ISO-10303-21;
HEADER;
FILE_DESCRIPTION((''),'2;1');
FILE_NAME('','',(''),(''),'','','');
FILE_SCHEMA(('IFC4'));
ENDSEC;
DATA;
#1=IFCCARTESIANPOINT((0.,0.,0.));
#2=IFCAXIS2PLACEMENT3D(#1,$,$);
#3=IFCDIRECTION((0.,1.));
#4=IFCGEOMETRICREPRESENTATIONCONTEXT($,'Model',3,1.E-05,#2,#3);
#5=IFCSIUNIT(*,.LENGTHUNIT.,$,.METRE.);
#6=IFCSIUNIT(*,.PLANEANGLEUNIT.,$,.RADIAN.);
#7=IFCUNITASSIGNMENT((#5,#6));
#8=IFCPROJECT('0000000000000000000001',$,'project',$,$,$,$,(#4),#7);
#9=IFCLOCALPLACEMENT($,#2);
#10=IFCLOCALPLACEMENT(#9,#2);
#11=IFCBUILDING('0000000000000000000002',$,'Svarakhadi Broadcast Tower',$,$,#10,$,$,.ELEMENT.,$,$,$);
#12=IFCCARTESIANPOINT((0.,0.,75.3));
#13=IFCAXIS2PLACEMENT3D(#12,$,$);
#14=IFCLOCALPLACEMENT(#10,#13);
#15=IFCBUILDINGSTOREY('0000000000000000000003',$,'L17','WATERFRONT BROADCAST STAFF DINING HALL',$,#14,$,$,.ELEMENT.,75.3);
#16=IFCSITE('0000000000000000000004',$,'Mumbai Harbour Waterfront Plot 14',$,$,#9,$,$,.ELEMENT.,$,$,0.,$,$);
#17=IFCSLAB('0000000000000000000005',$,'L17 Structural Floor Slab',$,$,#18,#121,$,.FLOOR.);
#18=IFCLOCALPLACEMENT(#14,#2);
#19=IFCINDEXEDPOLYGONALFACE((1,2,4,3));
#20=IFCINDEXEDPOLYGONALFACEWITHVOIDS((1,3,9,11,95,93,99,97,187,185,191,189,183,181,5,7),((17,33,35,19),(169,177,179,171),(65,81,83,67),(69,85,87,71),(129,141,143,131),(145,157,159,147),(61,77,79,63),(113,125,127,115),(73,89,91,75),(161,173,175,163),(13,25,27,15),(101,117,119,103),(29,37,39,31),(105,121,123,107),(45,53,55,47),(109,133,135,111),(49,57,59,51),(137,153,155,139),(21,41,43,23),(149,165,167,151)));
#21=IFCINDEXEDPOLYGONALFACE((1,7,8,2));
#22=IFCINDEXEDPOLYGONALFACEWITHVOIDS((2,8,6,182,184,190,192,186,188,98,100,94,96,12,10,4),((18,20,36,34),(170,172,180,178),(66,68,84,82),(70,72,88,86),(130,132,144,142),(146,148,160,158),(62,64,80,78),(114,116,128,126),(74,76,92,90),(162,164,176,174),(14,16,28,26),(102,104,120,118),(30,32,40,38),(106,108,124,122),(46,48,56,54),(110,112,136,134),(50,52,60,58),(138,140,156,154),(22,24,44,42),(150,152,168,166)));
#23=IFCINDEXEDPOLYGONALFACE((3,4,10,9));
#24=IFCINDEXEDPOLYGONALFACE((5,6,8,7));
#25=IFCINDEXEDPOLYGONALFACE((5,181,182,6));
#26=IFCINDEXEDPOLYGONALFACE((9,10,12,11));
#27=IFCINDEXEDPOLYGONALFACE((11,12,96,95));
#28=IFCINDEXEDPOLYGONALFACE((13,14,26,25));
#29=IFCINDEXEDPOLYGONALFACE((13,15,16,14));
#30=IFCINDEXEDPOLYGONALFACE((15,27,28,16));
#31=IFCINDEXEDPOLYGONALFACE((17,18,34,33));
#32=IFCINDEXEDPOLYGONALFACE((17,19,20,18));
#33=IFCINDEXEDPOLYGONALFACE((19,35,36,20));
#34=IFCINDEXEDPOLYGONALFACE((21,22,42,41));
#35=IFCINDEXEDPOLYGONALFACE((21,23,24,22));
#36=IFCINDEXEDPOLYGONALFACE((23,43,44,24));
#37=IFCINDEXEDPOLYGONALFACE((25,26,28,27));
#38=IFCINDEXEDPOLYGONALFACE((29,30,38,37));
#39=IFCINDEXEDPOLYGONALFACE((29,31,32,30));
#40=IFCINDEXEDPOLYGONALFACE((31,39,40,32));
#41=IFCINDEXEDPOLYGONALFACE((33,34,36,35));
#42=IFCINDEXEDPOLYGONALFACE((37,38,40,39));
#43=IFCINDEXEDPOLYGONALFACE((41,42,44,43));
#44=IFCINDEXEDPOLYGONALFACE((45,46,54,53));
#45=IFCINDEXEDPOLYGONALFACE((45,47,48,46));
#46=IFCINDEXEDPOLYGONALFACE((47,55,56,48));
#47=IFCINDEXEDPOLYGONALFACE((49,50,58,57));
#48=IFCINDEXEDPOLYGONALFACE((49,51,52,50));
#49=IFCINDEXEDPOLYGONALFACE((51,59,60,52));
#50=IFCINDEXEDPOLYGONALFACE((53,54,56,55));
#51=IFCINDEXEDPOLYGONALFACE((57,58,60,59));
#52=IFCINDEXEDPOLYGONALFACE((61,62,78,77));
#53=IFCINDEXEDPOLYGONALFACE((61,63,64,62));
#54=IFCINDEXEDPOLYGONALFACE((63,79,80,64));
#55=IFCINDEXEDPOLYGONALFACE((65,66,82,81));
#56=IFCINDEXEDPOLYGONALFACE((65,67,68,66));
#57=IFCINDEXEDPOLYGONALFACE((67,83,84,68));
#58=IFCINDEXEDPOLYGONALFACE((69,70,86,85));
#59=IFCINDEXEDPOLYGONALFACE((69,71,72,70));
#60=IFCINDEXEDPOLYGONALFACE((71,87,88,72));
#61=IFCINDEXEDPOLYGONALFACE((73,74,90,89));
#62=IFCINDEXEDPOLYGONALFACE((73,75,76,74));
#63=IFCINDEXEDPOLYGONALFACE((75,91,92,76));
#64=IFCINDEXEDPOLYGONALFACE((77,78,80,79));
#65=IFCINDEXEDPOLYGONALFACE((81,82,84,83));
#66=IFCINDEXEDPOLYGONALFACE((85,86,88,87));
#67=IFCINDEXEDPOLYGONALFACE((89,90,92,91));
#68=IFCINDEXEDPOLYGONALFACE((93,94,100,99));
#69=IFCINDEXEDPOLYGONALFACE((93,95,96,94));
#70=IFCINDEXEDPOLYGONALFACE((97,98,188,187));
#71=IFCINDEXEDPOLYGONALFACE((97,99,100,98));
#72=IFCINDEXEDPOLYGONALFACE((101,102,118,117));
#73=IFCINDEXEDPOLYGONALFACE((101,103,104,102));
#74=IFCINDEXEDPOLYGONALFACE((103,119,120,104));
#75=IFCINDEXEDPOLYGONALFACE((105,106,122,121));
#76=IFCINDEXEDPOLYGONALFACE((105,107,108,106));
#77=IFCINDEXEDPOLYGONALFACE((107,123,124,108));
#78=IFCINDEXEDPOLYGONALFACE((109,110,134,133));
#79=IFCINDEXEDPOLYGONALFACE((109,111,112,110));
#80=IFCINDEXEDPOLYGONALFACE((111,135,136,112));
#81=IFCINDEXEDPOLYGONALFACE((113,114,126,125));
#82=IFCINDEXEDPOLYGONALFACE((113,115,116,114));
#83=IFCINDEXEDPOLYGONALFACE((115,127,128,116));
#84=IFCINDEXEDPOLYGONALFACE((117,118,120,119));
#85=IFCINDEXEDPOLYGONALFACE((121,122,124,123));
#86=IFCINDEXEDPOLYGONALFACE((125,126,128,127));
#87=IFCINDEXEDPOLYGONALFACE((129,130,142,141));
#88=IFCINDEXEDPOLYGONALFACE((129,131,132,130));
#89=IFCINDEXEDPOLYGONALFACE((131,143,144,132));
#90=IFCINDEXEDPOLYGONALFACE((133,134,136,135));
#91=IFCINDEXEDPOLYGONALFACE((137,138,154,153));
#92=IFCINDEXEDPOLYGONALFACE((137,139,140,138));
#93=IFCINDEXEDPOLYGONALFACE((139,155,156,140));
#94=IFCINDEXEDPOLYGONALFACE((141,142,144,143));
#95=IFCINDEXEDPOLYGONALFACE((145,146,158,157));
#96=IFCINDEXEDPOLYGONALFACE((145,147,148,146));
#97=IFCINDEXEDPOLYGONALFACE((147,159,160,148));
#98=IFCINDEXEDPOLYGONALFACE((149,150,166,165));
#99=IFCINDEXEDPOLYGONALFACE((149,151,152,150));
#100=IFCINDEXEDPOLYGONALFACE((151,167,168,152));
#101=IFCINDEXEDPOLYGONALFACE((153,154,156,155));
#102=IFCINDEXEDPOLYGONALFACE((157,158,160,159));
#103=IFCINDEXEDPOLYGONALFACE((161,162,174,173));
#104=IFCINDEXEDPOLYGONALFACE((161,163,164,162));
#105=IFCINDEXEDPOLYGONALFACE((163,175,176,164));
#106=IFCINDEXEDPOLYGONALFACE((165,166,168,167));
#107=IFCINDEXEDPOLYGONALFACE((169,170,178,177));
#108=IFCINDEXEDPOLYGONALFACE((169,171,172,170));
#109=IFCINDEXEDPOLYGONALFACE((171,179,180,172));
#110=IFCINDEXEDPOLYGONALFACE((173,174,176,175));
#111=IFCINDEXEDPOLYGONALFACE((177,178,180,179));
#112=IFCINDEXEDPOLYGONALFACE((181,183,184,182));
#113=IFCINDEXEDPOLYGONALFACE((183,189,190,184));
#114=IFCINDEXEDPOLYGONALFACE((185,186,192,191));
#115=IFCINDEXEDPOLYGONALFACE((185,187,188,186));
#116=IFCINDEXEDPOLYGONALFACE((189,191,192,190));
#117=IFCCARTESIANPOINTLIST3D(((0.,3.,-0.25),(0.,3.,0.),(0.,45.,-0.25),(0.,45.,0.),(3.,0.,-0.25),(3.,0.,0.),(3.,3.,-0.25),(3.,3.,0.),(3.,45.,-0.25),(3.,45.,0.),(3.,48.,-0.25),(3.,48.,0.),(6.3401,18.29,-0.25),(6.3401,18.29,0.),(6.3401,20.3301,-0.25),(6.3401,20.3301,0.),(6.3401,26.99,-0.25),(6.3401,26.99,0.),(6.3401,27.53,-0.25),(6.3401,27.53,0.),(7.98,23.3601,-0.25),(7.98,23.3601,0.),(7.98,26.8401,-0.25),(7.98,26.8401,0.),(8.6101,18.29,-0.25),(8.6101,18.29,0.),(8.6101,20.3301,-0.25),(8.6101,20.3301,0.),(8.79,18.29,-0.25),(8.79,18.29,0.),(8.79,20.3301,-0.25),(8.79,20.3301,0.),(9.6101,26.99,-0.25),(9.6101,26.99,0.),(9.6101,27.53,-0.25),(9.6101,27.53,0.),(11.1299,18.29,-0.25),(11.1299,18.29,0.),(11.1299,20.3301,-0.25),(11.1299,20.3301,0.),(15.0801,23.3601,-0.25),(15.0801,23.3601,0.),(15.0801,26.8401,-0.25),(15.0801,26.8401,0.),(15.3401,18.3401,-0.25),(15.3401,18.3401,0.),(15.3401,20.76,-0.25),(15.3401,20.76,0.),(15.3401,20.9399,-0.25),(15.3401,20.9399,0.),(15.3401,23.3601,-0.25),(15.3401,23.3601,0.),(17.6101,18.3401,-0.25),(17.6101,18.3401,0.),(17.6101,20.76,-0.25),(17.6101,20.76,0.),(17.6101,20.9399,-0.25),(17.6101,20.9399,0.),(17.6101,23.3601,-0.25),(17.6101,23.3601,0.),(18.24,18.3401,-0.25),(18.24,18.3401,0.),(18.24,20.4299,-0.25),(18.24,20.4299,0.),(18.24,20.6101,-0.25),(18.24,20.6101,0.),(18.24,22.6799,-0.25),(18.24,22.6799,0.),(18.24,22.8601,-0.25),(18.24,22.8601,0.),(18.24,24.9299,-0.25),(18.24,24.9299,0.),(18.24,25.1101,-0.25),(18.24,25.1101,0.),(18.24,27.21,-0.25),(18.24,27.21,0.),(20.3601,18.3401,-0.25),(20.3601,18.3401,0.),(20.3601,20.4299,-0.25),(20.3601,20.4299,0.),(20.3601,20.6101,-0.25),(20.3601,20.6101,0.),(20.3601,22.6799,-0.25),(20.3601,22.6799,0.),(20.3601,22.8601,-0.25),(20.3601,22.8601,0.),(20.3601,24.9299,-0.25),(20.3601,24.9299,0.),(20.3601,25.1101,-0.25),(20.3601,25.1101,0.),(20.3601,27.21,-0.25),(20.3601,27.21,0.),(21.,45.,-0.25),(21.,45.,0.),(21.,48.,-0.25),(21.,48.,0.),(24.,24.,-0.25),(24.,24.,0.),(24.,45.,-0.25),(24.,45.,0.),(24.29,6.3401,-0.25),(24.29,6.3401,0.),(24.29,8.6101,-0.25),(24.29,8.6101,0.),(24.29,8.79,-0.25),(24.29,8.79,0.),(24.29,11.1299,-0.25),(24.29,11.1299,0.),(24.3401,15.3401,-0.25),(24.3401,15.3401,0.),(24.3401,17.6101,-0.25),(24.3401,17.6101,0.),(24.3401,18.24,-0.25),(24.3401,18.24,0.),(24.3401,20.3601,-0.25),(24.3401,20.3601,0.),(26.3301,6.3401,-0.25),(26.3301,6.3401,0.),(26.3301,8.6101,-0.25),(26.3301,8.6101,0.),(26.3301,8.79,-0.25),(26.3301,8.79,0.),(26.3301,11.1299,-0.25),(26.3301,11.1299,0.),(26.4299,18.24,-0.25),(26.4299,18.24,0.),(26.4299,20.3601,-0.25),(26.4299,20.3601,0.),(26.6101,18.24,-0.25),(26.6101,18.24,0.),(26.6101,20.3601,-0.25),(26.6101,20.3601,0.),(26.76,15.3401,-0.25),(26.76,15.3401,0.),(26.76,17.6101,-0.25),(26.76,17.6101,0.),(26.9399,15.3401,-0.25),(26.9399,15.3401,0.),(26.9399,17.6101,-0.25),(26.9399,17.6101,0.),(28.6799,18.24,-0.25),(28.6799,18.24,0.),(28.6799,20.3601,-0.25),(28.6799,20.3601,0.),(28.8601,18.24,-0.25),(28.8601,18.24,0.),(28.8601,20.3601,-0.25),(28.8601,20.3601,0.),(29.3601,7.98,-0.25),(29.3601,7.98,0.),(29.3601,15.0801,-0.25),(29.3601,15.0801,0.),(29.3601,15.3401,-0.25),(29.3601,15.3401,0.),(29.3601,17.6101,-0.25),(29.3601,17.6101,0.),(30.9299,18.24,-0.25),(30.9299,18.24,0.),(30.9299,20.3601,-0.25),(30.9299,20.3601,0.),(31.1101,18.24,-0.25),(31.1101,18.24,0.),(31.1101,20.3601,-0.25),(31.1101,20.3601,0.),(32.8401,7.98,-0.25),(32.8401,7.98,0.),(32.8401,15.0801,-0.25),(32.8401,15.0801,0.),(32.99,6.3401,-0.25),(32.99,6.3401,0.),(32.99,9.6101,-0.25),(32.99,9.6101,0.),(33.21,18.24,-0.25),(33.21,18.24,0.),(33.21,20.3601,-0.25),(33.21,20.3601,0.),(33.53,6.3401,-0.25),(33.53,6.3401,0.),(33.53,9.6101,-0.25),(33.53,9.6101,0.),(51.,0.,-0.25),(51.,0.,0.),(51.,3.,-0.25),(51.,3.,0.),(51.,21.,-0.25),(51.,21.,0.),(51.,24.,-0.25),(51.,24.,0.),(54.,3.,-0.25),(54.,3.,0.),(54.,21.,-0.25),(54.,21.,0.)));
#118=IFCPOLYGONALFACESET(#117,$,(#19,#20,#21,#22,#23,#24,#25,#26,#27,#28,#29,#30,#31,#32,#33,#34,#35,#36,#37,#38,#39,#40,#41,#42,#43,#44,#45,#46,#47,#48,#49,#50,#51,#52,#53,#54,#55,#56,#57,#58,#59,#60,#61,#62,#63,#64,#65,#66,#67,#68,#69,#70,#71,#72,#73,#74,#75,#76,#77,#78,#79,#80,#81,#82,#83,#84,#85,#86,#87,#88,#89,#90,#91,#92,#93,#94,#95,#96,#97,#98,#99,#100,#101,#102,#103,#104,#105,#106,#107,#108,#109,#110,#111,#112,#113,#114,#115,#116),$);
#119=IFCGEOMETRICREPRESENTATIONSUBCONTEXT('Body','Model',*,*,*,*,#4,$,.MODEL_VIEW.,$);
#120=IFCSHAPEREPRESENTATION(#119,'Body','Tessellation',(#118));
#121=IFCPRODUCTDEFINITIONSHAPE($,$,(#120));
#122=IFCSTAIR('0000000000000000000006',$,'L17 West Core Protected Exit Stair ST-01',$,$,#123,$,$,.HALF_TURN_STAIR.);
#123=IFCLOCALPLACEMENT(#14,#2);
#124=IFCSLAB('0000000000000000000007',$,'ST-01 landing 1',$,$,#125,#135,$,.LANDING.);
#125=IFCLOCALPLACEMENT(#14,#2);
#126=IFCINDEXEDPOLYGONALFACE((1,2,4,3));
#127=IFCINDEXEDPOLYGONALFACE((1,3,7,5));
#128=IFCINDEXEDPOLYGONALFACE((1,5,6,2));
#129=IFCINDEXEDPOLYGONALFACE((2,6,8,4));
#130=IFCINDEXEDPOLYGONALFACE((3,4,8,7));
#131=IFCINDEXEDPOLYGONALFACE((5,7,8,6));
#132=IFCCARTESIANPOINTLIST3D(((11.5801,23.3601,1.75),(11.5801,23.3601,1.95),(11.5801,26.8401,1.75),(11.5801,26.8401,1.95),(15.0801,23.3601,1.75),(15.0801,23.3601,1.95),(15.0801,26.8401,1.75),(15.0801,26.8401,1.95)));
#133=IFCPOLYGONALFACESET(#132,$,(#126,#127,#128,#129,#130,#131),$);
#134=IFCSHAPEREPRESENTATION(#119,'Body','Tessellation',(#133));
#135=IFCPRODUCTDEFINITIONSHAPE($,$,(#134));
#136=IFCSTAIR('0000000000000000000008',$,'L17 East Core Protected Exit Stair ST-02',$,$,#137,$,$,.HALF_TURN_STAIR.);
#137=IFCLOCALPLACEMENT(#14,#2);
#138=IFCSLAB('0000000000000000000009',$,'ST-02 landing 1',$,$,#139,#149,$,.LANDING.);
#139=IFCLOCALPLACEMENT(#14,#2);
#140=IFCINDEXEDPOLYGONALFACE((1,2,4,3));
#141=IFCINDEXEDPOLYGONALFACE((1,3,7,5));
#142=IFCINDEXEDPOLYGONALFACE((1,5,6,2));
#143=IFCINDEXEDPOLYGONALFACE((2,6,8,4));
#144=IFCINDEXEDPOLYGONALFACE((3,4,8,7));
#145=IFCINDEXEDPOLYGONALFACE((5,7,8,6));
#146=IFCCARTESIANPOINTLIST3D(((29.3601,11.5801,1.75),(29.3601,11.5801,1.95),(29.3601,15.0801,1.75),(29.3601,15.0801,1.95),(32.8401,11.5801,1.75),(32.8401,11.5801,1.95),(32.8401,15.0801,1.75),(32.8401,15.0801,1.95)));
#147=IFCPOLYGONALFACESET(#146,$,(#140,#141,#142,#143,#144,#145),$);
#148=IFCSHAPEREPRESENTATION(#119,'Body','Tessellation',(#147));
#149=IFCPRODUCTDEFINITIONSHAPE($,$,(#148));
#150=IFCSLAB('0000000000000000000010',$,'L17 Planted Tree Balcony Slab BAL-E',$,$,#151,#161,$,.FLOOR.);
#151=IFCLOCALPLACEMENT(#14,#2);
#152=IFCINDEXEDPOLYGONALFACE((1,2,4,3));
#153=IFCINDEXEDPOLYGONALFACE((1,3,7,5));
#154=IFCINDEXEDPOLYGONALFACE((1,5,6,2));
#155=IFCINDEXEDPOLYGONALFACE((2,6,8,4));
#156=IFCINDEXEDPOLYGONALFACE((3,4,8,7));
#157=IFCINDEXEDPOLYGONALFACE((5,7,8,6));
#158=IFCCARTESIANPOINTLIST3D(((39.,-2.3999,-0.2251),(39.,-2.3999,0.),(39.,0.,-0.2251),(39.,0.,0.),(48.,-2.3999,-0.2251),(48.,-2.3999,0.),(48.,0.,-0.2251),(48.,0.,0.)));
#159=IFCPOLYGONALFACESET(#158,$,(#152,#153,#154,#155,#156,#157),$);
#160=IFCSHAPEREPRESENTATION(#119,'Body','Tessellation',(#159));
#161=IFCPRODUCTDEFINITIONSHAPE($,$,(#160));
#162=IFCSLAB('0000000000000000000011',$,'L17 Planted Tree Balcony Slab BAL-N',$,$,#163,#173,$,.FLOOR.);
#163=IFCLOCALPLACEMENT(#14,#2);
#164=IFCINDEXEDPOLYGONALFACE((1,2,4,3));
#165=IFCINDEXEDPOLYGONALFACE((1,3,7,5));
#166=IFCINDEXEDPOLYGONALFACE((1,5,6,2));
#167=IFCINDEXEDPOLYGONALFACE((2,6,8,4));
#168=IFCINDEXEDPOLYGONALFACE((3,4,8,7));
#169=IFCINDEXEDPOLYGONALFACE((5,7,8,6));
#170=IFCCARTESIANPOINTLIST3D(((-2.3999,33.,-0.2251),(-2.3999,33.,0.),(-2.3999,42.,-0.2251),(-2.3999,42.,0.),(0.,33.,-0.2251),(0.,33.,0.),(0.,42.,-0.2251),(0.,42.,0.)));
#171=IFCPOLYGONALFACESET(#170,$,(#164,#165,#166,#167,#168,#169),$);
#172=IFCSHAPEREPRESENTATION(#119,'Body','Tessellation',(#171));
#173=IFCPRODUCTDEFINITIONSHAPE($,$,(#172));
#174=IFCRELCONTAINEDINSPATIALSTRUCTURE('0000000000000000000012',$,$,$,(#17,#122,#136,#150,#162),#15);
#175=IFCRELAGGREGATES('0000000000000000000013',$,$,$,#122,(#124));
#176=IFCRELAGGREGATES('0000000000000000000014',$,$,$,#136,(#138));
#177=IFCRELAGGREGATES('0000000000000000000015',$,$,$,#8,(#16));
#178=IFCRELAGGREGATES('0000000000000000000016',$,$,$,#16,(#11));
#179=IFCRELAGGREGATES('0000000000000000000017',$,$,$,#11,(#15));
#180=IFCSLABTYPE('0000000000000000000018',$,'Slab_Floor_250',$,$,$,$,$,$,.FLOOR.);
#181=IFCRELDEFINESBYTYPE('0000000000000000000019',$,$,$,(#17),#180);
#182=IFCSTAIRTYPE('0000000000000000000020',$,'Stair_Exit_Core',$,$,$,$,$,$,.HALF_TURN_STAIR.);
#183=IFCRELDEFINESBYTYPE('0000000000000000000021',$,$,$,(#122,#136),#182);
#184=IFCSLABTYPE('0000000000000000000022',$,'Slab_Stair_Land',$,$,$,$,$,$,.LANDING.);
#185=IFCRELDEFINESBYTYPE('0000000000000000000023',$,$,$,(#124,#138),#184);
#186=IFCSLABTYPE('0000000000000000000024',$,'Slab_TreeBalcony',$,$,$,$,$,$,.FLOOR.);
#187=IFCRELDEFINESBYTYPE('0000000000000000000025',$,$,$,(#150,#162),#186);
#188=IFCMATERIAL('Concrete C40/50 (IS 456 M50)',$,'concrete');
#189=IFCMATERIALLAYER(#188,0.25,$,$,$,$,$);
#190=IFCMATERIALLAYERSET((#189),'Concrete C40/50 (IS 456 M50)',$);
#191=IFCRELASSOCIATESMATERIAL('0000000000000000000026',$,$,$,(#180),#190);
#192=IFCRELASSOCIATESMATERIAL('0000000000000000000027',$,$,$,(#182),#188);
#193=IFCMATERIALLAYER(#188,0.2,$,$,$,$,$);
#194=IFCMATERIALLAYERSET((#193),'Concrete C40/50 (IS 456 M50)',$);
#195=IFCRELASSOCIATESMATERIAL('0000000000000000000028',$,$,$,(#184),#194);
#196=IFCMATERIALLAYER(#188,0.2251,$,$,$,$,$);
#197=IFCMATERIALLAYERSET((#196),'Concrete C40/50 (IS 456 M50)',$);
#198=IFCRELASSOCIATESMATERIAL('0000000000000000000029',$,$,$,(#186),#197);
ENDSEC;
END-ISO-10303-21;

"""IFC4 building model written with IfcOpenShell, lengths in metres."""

from ifc_helpers import new_model, si_unit, direction, frame, origin, place, context, subcontext, project, spatial, polyline, outline, extrude, material, layer, layer_set, type_object, element, aggregate, save


model = new_model("IFC4")

# Units and contexts
model_context = context("Model", 3, precision=1e-05, world=origin(), true_north=direction((0.0, 1.0)))
body_context = subcontext(model_context, "Body", "Model", "MODEL_VIEW")
ifc_project = project(units=[si_unit("LENGTHUNIT", "METRE"), si_unit("PLANEANGLEUNIT", "RADIAN")], contexts=[model_context])

# Site, building, storey
site_placement = place(None, origin())
site = spatial("IfcSite", under=ifc_project, at=site_placement, Name="Mumbai Harbour Waterfront Plot 14", CompositionType="ELEMENT", RefElevation=0.0)
building_placement = place(site_placement, origin())
building = spatial("IfcBuilding", under=site, at=building_placement, Name="Svarakhadi Broadcast Tower", CompositionType="ELEMENT")
storey_placement = place(building_placement, frame((0.0, 0.0, 75.3)))
storey = spatial("IfcBuildingStorey", under=building, at=storey_placement, Name="L17", Description="WATERFRONT BROADCAST STAFF DINING HALL", CompositionType="ELEMENT", Elevation=75.3)

# Slab
ifc_material_1 = material(Name="Concrete C40/50 (IS 456 M50)", Category="concrete")
ifc_layer_1 = layer(ifc_material_1, 0.25)
ifc_layer_set_1 = layer_set([ifc_layer_1], Name="Concrete C40/50 (IS 456 M50)")
slab_type_1 = type_object("IfcSlabType", Name="Slab_Floor_250", PredefinedType="FLOOR", material=ifc_layer_set_1)
slab_1_placement = place(storey_placement, frame((0.0, 0.0, -0.25)))
element("IfcSlab", 1, at=slab_1_placement, inside=storey, type_object=slab_type_1, Name="L17 Structural Floor Slab", PredefinedType="FLOOR", context=body_context, shape_type="SweptSolid", body=[
    extrude(outline(polyline([(3.0, 0.0), (51.0, 0.0), (51.0, 3.0), (54.0, 3.0), (54.0, 21.0), (51.0, 21.0), (51.0, 24.0), (24.0, 24.0), (24.0, 45.0), (21.0, 45.0), (21.0, 48.0), (3.0, 48.0), (3.0, 45.0), (0.0, 45.0), (0.0, 3.0), (3.0, 3.0), (3.0, 0.0)]), holes=[polyline([(7.98, 23.3601), (15.0801, 23.3601), (15.0801, 26.8401), (7.98, 26.8401), (7.98, 23.3601)]), polyline([(32.8401, 7.98), (32.8401, 15.0801), (29.3601, 15.0801), (29.3601, 7.98), (32.8401, 7.98)]), polyline([(6.3401, 18.29), (8.6101, 18.29), (8.6101, 20.3301), (6.3401, 20.3301), (6.3401, 18.29)]), polyline([(8.79, 18.29), (11.1299, 18.29), (11.1299, 20.3301), (8.79, 20.3301), (8.79, 18.29)]), polyline([(24.29, 6.3401), (26.3301, 6.3401), (26.3301, 8.6101), (24.29, 8.6101), (24.29, 6.3401)]), polyline([(24.29, 8.79), (26.3301, 8.79), (26.3301, 11.1299), (24.29, 11.1299), (24.29, 8.79)]), polyline([(6.3401, 26.99), (9.6101, 26.99), (9.6101, 27.53), (6.3401, 27.53), (6.3401, 26.99)]), polyline([(32.99, 6.3401), (33.53, 6.3401), (33.53, 9.6101), (32.99, 9.6101), (32.99, 6.3401)]), polyline([(15.3401, 18.3401), (17.6101, 18.3401), (17.6101, 20.76), (15.3401, 20.76), (15.3401, 18.3401)]), polyline([(15.3401, 20.9399), (17.6101, 20.9399), (17.6101, 23.3601), (15.3401, 23.3601), (15.3401, 20.9399)]), polyline([(24.3401, 15.3401), (26.76, 15.3401), (26.76, 17.6101), (24.3401, 17.6101), (24.3401, 15.3401)]), polyline([(26.9399, 15.3401), (29.3601, 15.3401), (29.3601, 17.6101), (26.9399, 17.6101), (26.9399, 15.3401)]), polyline([(18.24, 18.3401), (20.3601, 18.3401), (20.3601, 20.4299), (18.24, 20.4299), (18.24, 18.3401)]), polyline([(18.24, 20.6101), (20.3601, 20.6101), (20.3601, 22.6799), (18.24, 22.6799), (18.24, 20.6101)]), polyline([(18.24, 22.8601), (20.3601, 22.8601), (20.3601, 24.9299), (18.24, 24.9299), (18.24, 22.8601)]), polyline([(18.24, 25.1101), (20.3601, 25.1101), (20.3601, 27.21), (18.24, 27.21), (18.24, 25.1101)]), polyline([(24.3401, 18.24), (26.4299, 18.24), (26.4299, 20.3601), (24.3401, 20.3601), (24.3401, 18.24)]), polyline([(26.6101, 18.24), (28.6799, 18.24), (28.6799, 20.3601), (26.6101, 20.3601), (26.6101, 18.24)]), polyline([(28.8601, 18.24), (30.9299, 18.24), (30.9299, 20.3601), (28.8601, 20.3601), (28.8601, 18.24)]), polyline([(31.1101, 18.24), (33.21, 18.24), (33.21, 20.3601), (31.1101, 20.3601), (31.1101, 18.24)])]), origin(), (0.0, 0.0, 1.0), 0.25),
])

# Stairs, slabs
stair_type = type_object("IfcStairType", Name="Stair_Exit_Core", PredefinedType="HALF_TURN_STAIR", material=ifc_material_1)
stair_1_placement = place(storey_placement, origin())
stair_1 = element("IfcStair", 2, at=stair_1_placement, inside=storey, type_object=stair_type, Name="L17 West Core Protected Exit Stair ST-01", PredefinedType="HALF_TURN_STAIR")
ifc_layer_2 = layer(ifc_material_1, 0.2)
ifc_layer_set_2 = layer_set([ifc_layer_2], Name="Concrete C40/50 (IS 456 M50)")
slab_type_2 = type_object("IfcSlabType", Name="Slab_Stair_Land", PredefinedType="LANDING", material=ifc_layer_set_2)
slab_2_placement = place(storey_placement, frame((0.0, 0.0, 1.75)))
slab_2 = element("IfcSlab", 3, at=slab_2_placement, type_object=slab_type_2, Name="ST-01 landing 1", PredefinedType="LANDING", context=body_context, shape_type="SweptSolid", body=[
    extrude(outline(polyline([(11.5801, 23.3601), (15.0801, 23.3601), (15.0801, 26.8401), (11.5801, 26.8401), (11.5801, 23.3601)])), origin(), (0.0, 0.0, 1.0), 0.2),
])
aggregate(stair_1, [slab_2])
stair_2_placement = place(storey_placement, origin())
stair_2 = element("IfcStair", 4, at=stair_2_placement, inside=storey, type_object=stair_type, Name="L17 East Core Protected Exit Stair ST-02", PredefinedType="HALF_TURN_STAIR")
slab_3_placement = place(storey_placement, frame((0.0, 0.0, 1.75)))
slab_3 = element("IfcSlab", 5, at=slab_3_placement, type_object=slab_type_2, Name="ST-02 landing 1", PredefinedType="LANDING", context=body_context, shape_type="SweptSolid", body=[
    extrude(outline(polyline([(32.8401, 11.5801), (32.8401, 15.0801), (29.3601, 15.0801), (29.3601, 11.5801), (32.8401, 11.5801)])), origin(), (0.0, 0.0, 1.0), 0.2),
])
aggregate(stair_2, [slab_3])

# Slabs
ifc_layer_3 = layer(ifc_material_1, 0.2251)
ifc_layer_set_3 = layer_set([ifc_layer_3], Name="Concrete C40/50 (IS 456 M50)")
slab_type_3 = type_object("IfcSlabType", Name="Slab_TreeBalcony", PredefinedType="FLOOR", material=ifc_layer_set_3)
slab_4_placement = place(storey_placement, frame((0.0, 0.0, -0.2251)))
element("IfcSlab", 6, at=slab_4_placement, inside=storey, type_object=slab_type_3, Name="L17 Planted Tree Balcony Slab BAL-E", PredefinedType="FLOOR", context=body_context, shape_type="SweptSolid", body=[
    extrude(outline(polyline([(39.0, -2.3999), (48.0, -2.3999), (48.0, 0.0), (39.0, 0.0), (39.0, -2.3999)])), origin(), (0.0, 0.0, 1.0), 0.2251),
])
slab_5_placement = place(storey_placement, frame((0.0, 0.0, -0.2251)))
element("IfcSlab", 7, at=slab_5_placement, inside=storey, type_object=slab_type_3, Name="L17 Planted Tree Balcony Slab BAL-N", PredefinedType="FLOOR", context=body_context, shape_type="SweptSolid", body=[
    extrude(outline(polyline([(-2.3999, 33.0), (0.0, 33.0), (0.0, 42.0), (-2.3999, 42.0), (-2.3999, 33.0)])), origin(), (0.0, 0.0, 1.0), 0.2251),
])

save(model, "model.ifc")
